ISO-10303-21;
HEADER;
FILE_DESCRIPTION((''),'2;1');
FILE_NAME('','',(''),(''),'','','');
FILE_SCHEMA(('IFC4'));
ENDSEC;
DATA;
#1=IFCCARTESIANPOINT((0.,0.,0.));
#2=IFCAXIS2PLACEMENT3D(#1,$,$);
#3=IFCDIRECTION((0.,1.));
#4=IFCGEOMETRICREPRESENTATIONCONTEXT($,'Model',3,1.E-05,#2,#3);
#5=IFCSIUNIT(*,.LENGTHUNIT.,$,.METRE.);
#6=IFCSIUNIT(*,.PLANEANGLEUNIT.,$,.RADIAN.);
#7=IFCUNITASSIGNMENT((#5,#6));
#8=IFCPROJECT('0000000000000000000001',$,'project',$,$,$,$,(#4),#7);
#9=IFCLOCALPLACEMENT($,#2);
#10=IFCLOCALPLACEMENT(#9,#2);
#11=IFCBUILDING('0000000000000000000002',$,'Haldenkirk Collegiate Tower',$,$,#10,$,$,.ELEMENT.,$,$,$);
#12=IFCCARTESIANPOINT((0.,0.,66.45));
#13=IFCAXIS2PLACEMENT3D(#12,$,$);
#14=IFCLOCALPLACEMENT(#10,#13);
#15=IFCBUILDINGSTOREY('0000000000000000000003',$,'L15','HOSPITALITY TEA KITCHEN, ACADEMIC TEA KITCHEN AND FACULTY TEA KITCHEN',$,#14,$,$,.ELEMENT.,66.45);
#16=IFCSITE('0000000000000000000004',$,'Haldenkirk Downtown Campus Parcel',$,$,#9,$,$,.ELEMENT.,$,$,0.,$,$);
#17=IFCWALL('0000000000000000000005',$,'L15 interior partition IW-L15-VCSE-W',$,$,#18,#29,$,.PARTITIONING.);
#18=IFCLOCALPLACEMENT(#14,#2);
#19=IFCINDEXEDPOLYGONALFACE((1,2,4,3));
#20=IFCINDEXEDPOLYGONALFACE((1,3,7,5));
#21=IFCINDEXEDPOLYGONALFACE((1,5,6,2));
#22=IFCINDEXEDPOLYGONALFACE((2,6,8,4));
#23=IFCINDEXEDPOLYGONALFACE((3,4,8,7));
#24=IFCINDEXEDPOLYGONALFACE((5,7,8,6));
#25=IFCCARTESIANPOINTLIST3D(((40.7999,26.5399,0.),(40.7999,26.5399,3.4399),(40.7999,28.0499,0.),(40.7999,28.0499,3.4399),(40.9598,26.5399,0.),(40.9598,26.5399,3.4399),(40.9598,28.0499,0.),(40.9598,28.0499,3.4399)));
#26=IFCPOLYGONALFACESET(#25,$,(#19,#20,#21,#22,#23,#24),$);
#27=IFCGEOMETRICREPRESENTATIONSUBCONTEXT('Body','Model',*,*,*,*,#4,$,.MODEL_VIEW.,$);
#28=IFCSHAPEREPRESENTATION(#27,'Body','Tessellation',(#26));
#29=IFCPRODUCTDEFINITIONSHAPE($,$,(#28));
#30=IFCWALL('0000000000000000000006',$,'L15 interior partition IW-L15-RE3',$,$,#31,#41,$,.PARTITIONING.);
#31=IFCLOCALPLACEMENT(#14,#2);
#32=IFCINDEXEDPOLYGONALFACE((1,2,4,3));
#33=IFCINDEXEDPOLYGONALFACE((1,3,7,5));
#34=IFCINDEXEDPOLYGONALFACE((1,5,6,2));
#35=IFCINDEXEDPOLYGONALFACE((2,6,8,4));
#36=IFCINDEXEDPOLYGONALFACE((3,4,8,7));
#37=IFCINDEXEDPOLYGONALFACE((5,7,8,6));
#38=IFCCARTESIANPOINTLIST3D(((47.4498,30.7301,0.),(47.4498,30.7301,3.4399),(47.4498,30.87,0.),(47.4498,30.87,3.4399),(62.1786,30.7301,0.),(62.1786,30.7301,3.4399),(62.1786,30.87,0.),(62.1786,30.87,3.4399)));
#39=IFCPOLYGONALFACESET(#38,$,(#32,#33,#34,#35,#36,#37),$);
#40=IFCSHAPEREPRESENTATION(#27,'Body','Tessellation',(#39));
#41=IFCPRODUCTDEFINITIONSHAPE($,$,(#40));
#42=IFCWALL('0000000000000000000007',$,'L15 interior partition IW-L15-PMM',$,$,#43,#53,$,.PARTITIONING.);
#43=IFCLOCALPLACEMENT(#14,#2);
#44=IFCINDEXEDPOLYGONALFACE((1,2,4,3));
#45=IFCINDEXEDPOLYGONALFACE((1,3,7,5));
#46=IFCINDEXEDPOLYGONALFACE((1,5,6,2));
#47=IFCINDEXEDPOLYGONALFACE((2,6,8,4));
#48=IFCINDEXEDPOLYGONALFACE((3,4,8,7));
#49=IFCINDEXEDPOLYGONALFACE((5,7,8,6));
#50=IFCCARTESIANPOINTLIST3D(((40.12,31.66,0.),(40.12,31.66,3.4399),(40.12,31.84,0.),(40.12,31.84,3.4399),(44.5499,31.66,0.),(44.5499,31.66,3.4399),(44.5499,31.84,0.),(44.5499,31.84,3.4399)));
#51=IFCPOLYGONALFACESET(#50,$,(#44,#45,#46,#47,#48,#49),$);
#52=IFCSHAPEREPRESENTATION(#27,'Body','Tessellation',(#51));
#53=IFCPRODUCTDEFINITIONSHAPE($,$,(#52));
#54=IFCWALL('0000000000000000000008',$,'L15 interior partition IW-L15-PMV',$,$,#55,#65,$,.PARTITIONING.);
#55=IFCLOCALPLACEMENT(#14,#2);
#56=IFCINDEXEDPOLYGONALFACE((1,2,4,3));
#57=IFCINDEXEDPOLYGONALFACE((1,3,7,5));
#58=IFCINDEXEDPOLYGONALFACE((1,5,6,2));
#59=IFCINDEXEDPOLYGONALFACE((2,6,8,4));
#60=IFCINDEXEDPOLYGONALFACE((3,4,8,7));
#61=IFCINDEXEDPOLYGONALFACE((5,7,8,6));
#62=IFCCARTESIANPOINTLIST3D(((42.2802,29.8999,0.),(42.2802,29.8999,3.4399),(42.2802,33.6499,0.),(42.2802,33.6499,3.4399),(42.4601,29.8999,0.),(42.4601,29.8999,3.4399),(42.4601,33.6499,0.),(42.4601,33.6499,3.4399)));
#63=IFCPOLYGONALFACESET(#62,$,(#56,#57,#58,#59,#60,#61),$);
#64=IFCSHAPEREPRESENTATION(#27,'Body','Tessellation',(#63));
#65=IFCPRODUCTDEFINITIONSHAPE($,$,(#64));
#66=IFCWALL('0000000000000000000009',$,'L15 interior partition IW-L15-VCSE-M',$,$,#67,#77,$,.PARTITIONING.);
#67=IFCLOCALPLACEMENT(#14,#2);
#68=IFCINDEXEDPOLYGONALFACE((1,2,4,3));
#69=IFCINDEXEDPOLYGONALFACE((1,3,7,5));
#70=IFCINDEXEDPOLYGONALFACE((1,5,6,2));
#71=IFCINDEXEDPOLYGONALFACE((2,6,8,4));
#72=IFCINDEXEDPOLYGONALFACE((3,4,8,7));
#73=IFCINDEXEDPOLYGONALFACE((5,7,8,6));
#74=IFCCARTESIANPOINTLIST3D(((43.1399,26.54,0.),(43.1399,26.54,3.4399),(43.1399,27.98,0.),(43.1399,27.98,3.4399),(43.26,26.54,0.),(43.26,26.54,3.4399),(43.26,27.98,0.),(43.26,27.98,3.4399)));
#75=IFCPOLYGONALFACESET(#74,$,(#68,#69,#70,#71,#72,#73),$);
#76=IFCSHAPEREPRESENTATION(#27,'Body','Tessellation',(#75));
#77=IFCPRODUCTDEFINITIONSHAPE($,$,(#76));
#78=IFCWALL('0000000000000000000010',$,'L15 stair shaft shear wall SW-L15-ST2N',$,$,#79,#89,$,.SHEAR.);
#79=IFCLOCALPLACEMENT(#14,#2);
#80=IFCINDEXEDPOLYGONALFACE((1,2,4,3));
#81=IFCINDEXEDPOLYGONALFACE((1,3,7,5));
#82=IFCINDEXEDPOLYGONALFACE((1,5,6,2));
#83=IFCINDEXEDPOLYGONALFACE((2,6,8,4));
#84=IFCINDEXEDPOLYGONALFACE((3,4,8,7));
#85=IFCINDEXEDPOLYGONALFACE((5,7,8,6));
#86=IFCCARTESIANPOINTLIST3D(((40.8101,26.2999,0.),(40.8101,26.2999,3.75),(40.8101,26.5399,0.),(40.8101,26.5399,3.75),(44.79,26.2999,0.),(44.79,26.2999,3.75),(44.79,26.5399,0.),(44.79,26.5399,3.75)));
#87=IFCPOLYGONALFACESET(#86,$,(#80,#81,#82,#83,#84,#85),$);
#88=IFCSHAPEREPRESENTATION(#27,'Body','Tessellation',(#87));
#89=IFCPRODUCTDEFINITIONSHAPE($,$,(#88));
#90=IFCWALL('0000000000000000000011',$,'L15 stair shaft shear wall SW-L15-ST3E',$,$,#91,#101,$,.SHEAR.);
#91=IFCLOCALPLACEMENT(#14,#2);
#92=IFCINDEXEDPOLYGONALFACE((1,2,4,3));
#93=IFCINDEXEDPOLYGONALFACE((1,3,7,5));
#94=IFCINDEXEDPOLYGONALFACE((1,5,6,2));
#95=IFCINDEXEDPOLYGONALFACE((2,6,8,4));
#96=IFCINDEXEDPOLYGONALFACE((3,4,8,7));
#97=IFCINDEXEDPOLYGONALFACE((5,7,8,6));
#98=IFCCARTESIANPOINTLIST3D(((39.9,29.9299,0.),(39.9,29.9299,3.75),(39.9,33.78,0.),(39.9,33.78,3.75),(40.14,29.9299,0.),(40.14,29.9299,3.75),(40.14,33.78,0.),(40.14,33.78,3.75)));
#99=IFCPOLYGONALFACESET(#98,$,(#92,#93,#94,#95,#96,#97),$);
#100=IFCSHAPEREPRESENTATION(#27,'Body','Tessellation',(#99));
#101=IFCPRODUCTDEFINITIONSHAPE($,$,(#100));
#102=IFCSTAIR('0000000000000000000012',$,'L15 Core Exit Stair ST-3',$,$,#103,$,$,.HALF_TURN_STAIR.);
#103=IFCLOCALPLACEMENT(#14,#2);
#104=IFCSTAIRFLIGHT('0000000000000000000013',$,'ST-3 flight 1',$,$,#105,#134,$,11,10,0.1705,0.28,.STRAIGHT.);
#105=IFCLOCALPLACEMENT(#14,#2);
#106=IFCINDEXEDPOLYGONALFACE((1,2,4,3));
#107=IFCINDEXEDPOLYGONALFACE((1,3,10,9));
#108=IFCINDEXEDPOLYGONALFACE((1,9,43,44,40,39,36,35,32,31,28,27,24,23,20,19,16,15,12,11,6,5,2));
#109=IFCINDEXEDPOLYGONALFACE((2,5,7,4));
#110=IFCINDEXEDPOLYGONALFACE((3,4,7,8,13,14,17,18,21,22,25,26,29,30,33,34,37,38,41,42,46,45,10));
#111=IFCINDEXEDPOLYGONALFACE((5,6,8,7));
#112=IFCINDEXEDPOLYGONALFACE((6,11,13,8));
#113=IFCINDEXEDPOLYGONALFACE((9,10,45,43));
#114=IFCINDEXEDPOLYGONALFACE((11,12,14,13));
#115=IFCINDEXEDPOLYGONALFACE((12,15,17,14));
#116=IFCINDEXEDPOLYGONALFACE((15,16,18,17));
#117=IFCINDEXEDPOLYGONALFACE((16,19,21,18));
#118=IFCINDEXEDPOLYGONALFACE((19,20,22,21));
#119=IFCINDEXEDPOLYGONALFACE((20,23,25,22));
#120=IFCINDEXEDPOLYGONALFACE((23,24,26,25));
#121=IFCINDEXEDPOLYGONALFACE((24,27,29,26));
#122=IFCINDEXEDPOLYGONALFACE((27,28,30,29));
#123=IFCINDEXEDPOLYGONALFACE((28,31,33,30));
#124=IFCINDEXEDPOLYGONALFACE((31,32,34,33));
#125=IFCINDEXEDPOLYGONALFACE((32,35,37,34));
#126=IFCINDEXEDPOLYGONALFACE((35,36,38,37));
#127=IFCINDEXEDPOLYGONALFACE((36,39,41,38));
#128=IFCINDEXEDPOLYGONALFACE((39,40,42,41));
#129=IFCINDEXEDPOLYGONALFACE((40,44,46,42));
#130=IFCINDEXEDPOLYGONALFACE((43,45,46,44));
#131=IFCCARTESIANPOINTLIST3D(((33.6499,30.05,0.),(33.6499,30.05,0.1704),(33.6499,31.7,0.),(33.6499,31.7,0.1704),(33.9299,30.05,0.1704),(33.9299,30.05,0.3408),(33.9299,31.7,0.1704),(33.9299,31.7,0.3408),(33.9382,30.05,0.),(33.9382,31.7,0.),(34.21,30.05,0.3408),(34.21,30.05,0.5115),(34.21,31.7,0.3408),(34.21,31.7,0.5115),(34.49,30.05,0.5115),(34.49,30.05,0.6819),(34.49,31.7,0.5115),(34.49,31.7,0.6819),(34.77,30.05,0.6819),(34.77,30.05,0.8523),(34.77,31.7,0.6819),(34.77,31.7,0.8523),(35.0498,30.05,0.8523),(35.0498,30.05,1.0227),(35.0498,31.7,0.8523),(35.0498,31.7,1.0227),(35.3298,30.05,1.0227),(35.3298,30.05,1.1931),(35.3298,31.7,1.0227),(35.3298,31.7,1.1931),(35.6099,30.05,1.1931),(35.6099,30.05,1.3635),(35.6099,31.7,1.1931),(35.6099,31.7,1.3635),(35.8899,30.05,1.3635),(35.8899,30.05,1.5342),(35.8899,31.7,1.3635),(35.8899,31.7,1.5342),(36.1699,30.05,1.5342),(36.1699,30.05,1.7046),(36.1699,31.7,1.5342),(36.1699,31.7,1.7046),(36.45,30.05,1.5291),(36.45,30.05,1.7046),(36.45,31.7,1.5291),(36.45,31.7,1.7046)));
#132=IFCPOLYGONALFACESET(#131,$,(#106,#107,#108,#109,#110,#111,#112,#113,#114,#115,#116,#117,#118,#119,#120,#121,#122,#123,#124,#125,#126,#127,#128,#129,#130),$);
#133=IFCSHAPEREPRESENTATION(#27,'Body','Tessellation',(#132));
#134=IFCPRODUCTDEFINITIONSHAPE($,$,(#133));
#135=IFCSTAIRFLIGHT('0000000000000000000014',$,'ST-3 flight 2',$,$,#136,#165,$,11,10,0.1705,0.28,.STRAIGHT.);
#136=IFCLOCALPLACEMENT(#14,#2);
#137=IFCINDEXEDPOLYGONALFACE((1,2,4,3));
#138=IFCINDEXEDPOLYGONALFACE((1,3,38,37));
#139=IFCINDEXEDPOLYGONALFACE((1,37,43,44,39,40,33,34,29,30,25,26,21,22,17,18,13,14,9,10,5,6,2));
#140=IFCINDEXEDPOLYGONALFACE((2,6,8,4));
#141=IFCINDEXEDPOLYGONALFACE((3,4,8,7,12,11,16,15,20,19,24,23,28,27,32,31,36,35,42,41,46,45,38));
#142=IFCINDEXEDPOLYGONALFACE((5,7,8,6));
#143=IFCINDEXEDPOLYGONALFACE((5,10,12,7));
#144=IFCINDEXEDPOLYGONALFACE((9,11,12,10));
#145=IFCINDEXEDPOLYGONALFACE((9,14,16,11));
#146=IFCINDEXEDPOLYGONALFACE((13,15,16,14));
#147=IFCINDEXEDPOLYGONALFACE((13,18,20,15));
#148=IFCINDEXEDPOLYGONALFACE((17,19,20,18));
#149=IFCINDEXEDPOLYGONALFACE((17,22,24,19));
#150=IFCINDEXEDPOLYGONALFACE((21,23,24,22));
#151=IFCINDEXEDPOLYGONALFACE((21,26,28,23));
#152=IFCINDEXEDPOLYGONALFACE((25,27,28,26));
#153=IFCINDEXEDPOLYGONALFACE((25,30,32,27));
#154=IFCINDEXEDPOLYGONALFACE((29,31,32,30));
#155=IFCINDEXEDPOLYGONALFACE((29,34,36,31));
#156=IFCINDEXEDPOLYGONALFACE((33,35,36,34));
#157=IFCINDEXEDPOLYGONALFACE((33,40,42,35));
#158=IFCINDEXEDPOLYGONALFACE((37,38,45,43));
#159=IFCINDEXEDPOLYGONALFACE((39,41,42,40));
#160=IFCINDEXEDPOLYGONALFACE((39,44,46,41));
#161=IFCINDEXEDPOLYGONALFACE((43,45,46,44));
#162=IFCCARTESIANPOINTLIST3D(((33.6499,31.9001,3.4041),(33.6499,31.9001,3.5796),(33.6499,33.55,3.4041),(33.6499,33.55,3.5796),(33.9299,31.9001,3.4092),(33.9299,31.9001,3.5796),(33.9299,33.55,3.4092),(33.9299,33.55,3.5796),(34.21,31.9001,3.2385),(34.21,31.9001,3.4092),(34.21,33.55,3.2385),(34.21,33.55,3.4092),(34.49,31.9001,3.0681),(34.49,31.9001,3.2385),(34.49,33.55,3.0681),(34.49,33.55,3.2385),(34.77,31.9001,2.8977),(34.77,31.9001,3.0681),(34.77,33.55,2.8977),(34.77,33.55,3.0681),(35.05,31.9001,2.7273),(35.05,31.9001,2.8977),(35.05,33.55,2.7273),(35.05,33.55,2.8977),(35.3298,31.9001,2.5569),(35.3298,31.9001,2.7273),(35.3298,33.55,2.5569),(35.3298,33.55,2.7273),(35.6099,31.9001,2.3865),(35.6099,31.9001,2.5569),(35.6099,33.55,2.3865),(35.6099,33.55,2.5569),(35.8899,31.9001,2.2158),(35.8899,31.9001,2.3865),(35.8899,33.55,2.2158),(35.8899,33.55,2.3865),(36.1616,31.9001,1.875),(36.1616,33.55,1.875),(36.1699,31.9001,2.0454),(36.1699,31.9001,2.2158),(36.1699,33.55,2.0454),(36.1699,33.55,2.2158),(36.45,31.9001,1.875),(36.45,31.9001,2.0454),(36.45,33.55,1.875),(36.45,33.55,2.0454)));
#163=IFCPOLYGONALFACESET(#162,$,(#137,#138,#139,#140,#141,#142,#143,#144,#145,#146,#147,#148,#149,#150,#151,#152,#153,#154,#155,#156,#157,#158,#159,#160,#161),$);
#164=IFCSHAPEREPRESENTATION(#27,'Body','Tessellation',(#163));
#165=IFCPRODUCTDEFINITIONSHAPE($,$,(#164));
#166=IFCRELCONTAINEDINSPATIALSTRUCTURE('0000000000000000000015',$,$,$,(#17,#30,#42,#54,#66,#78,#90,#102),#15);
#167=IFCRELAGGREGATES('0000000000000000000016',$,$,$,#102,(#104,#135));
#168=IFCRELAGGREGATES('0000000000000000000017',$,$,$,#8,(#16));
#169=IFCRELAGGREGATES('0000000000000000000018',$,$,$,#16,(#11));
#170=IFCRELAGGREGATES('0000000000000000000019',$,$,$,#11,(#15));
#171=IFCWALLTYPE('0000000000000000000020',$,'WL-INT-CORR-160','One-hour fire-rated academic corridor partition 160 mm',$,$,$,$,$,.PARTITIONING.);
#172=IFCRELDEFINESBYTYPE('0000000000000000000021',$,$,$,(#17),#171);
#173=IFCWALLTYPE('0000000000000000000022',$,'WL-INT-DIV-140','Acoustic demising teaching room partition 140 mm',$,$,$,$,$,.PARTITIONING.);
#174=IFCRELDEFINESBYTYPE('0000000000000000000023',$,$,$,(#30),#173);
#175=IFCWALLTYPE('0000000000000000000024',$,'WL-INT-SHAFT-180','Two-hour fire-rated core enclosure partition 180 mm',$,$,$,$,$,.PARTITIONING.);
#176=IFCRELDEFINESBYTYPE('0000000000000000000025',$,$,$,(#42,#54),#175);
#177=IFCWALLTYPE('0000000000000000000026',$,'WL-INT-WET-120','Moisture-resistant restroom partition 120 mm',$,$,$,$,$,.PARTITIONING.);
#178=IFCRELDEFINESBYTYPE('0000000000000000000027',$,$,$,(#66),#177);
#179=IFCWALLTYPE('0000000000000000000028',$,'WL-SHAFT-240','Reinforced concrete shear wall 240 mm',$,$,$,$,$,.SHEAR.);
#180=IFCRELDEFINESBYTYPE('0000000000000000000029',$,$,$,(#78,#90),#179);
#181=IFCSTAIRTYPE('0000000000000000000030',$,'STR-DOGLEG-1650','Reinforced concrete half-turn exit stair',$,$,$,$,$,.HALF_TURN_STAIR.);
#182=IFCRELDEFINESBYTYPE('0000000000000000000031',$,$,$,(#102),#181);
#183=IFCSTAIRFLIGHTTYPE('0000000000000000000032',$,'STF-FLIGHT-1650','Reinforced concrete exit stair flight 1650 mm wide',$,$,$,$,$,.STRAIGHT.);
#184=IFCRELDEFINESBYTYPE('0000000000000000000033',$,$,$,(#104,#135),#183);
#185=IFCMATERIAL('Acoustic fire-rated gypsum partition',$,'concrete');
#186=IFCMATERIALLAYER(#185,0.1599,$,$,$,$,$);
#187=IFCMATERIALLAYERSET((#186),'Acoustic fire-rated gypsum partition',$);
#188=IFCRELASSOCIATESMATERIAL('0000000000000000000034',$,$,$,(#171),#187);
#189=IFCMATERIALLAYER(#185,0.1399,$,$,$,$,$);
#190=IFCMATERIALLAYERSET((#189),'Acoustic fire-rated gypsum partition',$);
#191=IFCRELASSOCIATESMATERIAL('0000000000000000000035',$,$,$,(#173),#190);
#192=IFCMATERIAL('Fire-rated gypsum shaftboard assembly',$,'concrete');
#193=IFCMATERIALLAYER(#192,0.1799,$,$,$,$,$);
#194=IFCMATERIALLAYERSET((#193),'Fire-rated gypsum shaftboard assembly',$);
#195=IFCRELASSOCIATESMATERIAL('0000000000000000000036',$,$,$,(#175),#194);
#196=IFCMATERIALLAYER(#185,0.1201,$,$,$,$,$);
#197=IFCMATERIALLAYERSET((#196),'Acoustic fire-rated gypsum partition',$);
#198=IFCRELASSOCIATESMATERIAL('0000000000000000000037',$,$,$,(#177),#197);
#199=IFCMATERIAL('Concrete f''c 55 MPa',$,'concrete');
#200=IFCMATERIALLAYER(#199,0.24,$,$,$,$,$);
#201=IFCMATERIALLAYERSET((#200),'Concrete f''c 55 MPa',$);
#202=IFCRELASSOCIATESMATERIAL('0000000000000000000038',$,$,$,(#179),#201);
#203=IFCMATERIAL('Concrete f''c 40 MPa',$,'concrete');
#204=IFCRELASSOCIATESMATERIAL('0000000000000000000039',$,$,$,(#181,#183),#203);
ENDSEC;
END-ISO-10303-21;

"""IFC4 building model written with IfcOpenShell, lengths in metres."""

from ifc_helpers import new_model, si_unit, direction, frame, frame_2d, origin, place, context, subcontext, project, spatial, polyline, rectangle, outline, extrude, material, layer, layer_set, type_object, element, aggregate, save


model = new_model("IFC4")

# Units and contexts
model_context = context("Model", 3, precision=1e-05, world=origin(), true_north=direction((0.0, 1.0)))
body_context = subcontext(model_context, "Body", "Model", "MODEL_VIEW")
ifc_project = project(units=[si_unit("LENGTHUNIT", "METRE"), si_unit("PLANEANGLEUNIT", "RADIAN")], contexts=[model_context])

# Site, building, storey
site_placement = place(None, origin())
site = spatial("IfcSite", under=ifc_project, at=site_placement, Name="Haldenkirk Downtown Campus Parcel", CompositionType="ELEMENT", RefElevation=0.0)
building_placement = place(site_placement, origin())
building = spatial("IfcBuilding", under=site, at=building_placement, Name="Haldenkirk Collegiate Tower", CompositionType="ELEMENT")
storey_placement = place(building_placement, frame((0.0, 0.0, 66.45)))
storey = spatial("IfcBuildingStorey", under=building, at=storey_placement, Name="L15", Description="HOSPITALITY TEA KITCHEN, ACADEMIC TEA KITCHEN AND FACULTY TEA KITCHEN", CompositionType="ELEMENT", Elevation=66.45)

# Shared definitions
ifc_material_1 = material(Name="Acoustic fire-rated gypsum partition", Category="concrete")
ifc_layer_1 = layer(ifc_material_1, 0.1599)
ifc_layer_set_1 = layer_set([ifc_layer_1], Name="Acoustic fire-rated gypsum partition")
wall_type_1 = type_object("IfcWallType", Name="WL-INT-CORR-160", Description="One-hour fire-rated academic corridor partition 160 mm", PredefinedType="PARTITIONING", material=ifc_layer_set_1)

# Walls
wall_1_placement = place(storey_placement, frame((40.8799, 26.54, 0.0), z_axis=(0.0, 0.0, 1.0), x_axis=(0.0, 1.0, 0.0)))
element("IfcWall", 1, at=wall_1_placement, inside=storey, type_object=wall_type_1, Name="L15 interior partition IW-L15-VCSE-W", PredefinedType="PARTITIONING", context=body_context, shape_type="SweptSolid", body=[
    extrude(rectangle(XDim=1.51, YDim=0.1599, at=frame_2d((0.7549, 0.0))), origin(), (0.0, 0.0, 1.0), 3.4399),
])
ifc_layer_2 = layer(ifc_material_1, 0.1399)
ifc_layer_set_2 = layer_set([ifc_layer_2], Name="Acoustic fire-rated gypsum partition")
wall_type_2 = type_object("IfcWallType", Name="WL-INT-DIV-140", Description="Acoustic demising teaching room partition 140 mm", PredefinedType="PARTITIONING", material=ifc_layer_set_2)
wall_2_placement = place(storey_placement, frame((47.45, 30.8, 0.0), z_axis=(0.0, 0.0, 1.0), x_axis=(1.0, 0.0, 0.0)))
element("IfcWall", 2, at=wall_2_placement, inside=storey, type_object=wall_type_2, Name="L15 interior partition IW-L15-RE3", PredefinedType="PARTITIONING", context=body_context, shape_type="SweptSolid", body=[
    extrude(rectangle(XDim=14.7288, YDim=0.1399, at=frame_2d((7.3643, 0.0))), origin(), (0.0, 0.0, 1.0), 3.4399),
])

# Shared definitions
ifc_material_2 = material(Name="Fire-rated gypsum shaftboard assembly", Category="concrete")
ifc_layer_3 = layer(ifc_material_2, 0.1799)
ifc_layer_set_3 = layer_set([ifc_layer_3], Name="Fire-rated gypsum shaftboard assembly")
wall_type_3 = type_object("IfcWallType", Name="WL-INT-SHAFT-180", Description="Two-hour fire-rated core enclosure partition 180 mm", PredefinedType="PARTITIONING", material=ifc_layer_set_3)

# Walls
wall_3_placement = place(storey_placement, frame((40.1201, 31.75, 0.0), z_axis=(0.0, 0.0, 1.0), x_axis=(1.0, 0.0, 0.0)))
element("IfcWall", 3, at=wall_3_placement, inside=storey, type_object=wall_type_3, Name="L15 interior partition IW-L15-PMM", PredefinedType="PARTITIONING", context=body_context, shape_type="SweptSolid", body=[
    extrude(rectangle(XDim=4.4299, YDim=0.1799, at=frame_2d((2.2148, 0.0))), origin(), (0.0, 0.0, 1.0), 3.4399),
])
wall_4_placement = place(storey_placement, frame((42.3701, 29.8999, 0.0), z_axis=(0.0, 0.0, 1.0), x_axis=(0.0, 1.0, 0.0)))
element("IfcWall", 4, at=wall_4_placement, inside=storey, type_object=wall_type_3, Name="L15 interior partition IW-L15-PMV", PredefinedType="PARTITIONING", context=body_context, shape_type="SweptSolid", body=[
    extrude(rectangle(XDim=3.75, YDim=0.1799, at=frame_2d((1.875, 0.0))), origin(), (0.0, 0.0, 1.0), 3.4399),
])
ifc_layer_4 = layer(ifc_material_1, 0.1201)
ifc_layer_set_4 = layer_set([ifc_layer_4], Name="Acoustic fire-rated gypsum partition")
wall_type_4 = type_object("IfcWallType", Name="WL-INT-WET-120", Description="Moisture-resistant restroom partition 120 mm", PredefinedType="PARTITIONING", material=ifc_layer_set_4)
wall_5_placement = place(storey_placement, frame((43.2, 26.54, 0.0), z_axis=(0.0, 0.0, 1.0), x_axis=(0.0, 1.0, 0.0)))
element("IfcWall", 5, at=wall_5_placement, inside=storey, type_object=wall_type_4, Name="L15 interior partition IW-L15-VCSE-M", PredefinedType="PARTITIONING", context=body_context, shape_type="SweptSolid", body=[
    extrude(rectangle(XDim=1.4399, YDim=0.1201, at=frame_2d((0.72, 0.0))), origin(), (0.0, 0.0, 1.0), 3.4399),
])
ifc_material_3 = material(Name="Concrete f'c 55 MPa", Category="concrete")
ifc_layer_5 = layer(ifc_material_3, 0.24)
ifc_layer_set_5 = layer_set([ifc_layer_5], Name="Concrete f'c 55 MPa")
wall_type_5 = type_object("IfcWallType", Name="WL-SHAFT-240", Description="Reinforced concrete shear wall 240 mm", PredefinedType="SHEAR", material=ifc_layer_set_5)
wall_6_placement = place(storey_placement, frame((40.8101, 26.4199, 0.0), z_axis=(0.0, 0.0, 1.0), x_axis=(1.0, 0.0, 0.0)))
element("IfcWall", 6, at=wall_6_placement, inside=storey, type_object=wall_type_5, Name="L15 stair shaft shear wall SW-L15-ST2N", PredefinedType="SHEAR", context=body_context, shape_type="SweptSolid", body=[
    extrude(rectangle(XDim=3.98, YDim=0.24, at=frame_2d((1.99, 0.0))), origin(), (0.0, 0.0, 1.0), 3.75),
])
wall_7_placement = place(storey_placement, frame((40.02, 29.9299, 0.0), z_axis=(0.0, 0.0, 1.0), x_axis=(0.0, 1.0, 0.0)))
element("IfcWall", 7, at=wall_7_placement, inside=storey, type_object=wall_type_5, Name="L15 stair shaft shear wall SW-L15-ST3E", PredefinedType="SHEAR", context=body_context, shape_type="SweptSolid", body=[
    extrude(rectangle(XDim=3.8501, YDim=0.24, at=frame_2d((1.925, 0.0))), origin(), (0.0, 0.0, 1.0), 3.75),
])

# Stair, stair flights
ifc_material_4 = material(Name="Concrete f'c 40 MPa", Category="concrete")
stair_type = type_object("IfcStairType", Name="STR-DOGLEG-1650", Description="Reinforced concrete half-turn exit stair", PredefinedType="HALF_TURN_STAIR", material=ifc_material_4)
stair_placement = place(storey_placement, origin())
stair = element("IfcStair", 8, at=stair_placement, inside=storey, type_object=stair_type, Name="L15 Core Exit Stair ST-3", PredefinedType="HALF_TURN_STAIR")
stair_flight_type = type_object("IfcStairFlightType", Name="STF-FLIGHT-1650", Description="Reinforced concrete exit stair flight 1650 mm wide", PredefinedType="STRAIGHT", material=ifc_material_4)
stair_flight_1_placement = place(storey_placement, frame((33.6499, 30.875, 0.0), z_axis=(0.0, 0.0, 1.0), x_axis=(1.0, 0.0, 0.0)))
stair_flight_1 = element("IfcStairFlight", 9, at=stair_flight_1_placement, type_object=stair_flight_type, Name="ST-3 flight 1", NumberOfRisers=11, NumberOfTreads=10, PredefinedType="STRAIGHT", RiserHeight=0.1705, TreadLength=0.28, context=body_context, shape_type="SweptSolid", body=[
    extrude(outline(polyline([(0.0, 0.0), (0.0, 0.1704), (0.28, 0.1704), (0.28, 0.3408), (0.5601, 0.3408), (0.5601, 0.5115), (0.8401, 0.5115), (0.8401, 0.6819), (1.1201, 0.6819), (1.1201, 0.8523), (1.3999, 0.8523), (1.3999, 1.0227), (1.6799, 1.0227), (1.6799, 1.1931), (1.96, 1.1931), (1.96, 1.3635), (2.24, 1.3635), (2.24, 1.5342), (2.52, 1.5342), (2.52, 1.7046), (2.8, 1.7046), (2.8, 1.875), (2.8, 1.5291), (0.2883, 0.0), (0.0, 0.0)])), frame((0.0, 0.825, 0.0), z_axis=(0.0, -1.0, 0.0), x_axis=(1.0, 0.0, 0.0)), (0.0, 0.0, 1.0), 1.6499),
])
stair_flight_2_placement = place(storey_placement, frame((36.45, 32.7251, 1.875), z_axis=(0.0, 0.0, 1.0), x_axis=(-1.0, 0.0, 0.0)))
stair_flight_2 = element("IfcStairFlight", 10, at=stair_flight_2_placement, type_object=stair_flight_type, Name="ST-3 flight 2", NumberOfRisers=11, NumberOfTreads=10, PredefinedType="STRAIGHT", RiserHeight=0.1705, TreadLength=0.28, context=body_context, shape_type="SweptSolid", body=[
    extrude(outline(polyline([(0.0, 0.0), (0.0, 0.1704), (0.28, 0.1704), (0.28, 0.3408), (0.5601, 0.3408), (0.5601, 0.5115), (0.8401, 0.5115), (0.8401, 0.6819), (1.1201, 0.6819), (1.1201, 0.8523), (1.3999, 0.8523), (1.3999, 1.0227), (1.6799, 1.0227), (1.6799, 1.1931), (1.96, 1.1931), (1.96, 1.3635), (2.24, 1.3635), (2.24, 1.5342), (2.52, 1.5342), (2.52, 1.7046), (2.8, 1.7046), (2.8, 1.875), (2.8, 1.5291), (0.2883, 0.0), (0.0, 0.0)])), frame((0.0, 0.825, 0.0), z_axis=(0.0, -1.0, 0.0), x_axis=(1.0, 0.0, 0.0)), (0.0, 0.0, 1.0), 1.6499),
])
aggregate(stair, [stair_flight_1, stair_flight_2])

save(model, "model.ifc")
